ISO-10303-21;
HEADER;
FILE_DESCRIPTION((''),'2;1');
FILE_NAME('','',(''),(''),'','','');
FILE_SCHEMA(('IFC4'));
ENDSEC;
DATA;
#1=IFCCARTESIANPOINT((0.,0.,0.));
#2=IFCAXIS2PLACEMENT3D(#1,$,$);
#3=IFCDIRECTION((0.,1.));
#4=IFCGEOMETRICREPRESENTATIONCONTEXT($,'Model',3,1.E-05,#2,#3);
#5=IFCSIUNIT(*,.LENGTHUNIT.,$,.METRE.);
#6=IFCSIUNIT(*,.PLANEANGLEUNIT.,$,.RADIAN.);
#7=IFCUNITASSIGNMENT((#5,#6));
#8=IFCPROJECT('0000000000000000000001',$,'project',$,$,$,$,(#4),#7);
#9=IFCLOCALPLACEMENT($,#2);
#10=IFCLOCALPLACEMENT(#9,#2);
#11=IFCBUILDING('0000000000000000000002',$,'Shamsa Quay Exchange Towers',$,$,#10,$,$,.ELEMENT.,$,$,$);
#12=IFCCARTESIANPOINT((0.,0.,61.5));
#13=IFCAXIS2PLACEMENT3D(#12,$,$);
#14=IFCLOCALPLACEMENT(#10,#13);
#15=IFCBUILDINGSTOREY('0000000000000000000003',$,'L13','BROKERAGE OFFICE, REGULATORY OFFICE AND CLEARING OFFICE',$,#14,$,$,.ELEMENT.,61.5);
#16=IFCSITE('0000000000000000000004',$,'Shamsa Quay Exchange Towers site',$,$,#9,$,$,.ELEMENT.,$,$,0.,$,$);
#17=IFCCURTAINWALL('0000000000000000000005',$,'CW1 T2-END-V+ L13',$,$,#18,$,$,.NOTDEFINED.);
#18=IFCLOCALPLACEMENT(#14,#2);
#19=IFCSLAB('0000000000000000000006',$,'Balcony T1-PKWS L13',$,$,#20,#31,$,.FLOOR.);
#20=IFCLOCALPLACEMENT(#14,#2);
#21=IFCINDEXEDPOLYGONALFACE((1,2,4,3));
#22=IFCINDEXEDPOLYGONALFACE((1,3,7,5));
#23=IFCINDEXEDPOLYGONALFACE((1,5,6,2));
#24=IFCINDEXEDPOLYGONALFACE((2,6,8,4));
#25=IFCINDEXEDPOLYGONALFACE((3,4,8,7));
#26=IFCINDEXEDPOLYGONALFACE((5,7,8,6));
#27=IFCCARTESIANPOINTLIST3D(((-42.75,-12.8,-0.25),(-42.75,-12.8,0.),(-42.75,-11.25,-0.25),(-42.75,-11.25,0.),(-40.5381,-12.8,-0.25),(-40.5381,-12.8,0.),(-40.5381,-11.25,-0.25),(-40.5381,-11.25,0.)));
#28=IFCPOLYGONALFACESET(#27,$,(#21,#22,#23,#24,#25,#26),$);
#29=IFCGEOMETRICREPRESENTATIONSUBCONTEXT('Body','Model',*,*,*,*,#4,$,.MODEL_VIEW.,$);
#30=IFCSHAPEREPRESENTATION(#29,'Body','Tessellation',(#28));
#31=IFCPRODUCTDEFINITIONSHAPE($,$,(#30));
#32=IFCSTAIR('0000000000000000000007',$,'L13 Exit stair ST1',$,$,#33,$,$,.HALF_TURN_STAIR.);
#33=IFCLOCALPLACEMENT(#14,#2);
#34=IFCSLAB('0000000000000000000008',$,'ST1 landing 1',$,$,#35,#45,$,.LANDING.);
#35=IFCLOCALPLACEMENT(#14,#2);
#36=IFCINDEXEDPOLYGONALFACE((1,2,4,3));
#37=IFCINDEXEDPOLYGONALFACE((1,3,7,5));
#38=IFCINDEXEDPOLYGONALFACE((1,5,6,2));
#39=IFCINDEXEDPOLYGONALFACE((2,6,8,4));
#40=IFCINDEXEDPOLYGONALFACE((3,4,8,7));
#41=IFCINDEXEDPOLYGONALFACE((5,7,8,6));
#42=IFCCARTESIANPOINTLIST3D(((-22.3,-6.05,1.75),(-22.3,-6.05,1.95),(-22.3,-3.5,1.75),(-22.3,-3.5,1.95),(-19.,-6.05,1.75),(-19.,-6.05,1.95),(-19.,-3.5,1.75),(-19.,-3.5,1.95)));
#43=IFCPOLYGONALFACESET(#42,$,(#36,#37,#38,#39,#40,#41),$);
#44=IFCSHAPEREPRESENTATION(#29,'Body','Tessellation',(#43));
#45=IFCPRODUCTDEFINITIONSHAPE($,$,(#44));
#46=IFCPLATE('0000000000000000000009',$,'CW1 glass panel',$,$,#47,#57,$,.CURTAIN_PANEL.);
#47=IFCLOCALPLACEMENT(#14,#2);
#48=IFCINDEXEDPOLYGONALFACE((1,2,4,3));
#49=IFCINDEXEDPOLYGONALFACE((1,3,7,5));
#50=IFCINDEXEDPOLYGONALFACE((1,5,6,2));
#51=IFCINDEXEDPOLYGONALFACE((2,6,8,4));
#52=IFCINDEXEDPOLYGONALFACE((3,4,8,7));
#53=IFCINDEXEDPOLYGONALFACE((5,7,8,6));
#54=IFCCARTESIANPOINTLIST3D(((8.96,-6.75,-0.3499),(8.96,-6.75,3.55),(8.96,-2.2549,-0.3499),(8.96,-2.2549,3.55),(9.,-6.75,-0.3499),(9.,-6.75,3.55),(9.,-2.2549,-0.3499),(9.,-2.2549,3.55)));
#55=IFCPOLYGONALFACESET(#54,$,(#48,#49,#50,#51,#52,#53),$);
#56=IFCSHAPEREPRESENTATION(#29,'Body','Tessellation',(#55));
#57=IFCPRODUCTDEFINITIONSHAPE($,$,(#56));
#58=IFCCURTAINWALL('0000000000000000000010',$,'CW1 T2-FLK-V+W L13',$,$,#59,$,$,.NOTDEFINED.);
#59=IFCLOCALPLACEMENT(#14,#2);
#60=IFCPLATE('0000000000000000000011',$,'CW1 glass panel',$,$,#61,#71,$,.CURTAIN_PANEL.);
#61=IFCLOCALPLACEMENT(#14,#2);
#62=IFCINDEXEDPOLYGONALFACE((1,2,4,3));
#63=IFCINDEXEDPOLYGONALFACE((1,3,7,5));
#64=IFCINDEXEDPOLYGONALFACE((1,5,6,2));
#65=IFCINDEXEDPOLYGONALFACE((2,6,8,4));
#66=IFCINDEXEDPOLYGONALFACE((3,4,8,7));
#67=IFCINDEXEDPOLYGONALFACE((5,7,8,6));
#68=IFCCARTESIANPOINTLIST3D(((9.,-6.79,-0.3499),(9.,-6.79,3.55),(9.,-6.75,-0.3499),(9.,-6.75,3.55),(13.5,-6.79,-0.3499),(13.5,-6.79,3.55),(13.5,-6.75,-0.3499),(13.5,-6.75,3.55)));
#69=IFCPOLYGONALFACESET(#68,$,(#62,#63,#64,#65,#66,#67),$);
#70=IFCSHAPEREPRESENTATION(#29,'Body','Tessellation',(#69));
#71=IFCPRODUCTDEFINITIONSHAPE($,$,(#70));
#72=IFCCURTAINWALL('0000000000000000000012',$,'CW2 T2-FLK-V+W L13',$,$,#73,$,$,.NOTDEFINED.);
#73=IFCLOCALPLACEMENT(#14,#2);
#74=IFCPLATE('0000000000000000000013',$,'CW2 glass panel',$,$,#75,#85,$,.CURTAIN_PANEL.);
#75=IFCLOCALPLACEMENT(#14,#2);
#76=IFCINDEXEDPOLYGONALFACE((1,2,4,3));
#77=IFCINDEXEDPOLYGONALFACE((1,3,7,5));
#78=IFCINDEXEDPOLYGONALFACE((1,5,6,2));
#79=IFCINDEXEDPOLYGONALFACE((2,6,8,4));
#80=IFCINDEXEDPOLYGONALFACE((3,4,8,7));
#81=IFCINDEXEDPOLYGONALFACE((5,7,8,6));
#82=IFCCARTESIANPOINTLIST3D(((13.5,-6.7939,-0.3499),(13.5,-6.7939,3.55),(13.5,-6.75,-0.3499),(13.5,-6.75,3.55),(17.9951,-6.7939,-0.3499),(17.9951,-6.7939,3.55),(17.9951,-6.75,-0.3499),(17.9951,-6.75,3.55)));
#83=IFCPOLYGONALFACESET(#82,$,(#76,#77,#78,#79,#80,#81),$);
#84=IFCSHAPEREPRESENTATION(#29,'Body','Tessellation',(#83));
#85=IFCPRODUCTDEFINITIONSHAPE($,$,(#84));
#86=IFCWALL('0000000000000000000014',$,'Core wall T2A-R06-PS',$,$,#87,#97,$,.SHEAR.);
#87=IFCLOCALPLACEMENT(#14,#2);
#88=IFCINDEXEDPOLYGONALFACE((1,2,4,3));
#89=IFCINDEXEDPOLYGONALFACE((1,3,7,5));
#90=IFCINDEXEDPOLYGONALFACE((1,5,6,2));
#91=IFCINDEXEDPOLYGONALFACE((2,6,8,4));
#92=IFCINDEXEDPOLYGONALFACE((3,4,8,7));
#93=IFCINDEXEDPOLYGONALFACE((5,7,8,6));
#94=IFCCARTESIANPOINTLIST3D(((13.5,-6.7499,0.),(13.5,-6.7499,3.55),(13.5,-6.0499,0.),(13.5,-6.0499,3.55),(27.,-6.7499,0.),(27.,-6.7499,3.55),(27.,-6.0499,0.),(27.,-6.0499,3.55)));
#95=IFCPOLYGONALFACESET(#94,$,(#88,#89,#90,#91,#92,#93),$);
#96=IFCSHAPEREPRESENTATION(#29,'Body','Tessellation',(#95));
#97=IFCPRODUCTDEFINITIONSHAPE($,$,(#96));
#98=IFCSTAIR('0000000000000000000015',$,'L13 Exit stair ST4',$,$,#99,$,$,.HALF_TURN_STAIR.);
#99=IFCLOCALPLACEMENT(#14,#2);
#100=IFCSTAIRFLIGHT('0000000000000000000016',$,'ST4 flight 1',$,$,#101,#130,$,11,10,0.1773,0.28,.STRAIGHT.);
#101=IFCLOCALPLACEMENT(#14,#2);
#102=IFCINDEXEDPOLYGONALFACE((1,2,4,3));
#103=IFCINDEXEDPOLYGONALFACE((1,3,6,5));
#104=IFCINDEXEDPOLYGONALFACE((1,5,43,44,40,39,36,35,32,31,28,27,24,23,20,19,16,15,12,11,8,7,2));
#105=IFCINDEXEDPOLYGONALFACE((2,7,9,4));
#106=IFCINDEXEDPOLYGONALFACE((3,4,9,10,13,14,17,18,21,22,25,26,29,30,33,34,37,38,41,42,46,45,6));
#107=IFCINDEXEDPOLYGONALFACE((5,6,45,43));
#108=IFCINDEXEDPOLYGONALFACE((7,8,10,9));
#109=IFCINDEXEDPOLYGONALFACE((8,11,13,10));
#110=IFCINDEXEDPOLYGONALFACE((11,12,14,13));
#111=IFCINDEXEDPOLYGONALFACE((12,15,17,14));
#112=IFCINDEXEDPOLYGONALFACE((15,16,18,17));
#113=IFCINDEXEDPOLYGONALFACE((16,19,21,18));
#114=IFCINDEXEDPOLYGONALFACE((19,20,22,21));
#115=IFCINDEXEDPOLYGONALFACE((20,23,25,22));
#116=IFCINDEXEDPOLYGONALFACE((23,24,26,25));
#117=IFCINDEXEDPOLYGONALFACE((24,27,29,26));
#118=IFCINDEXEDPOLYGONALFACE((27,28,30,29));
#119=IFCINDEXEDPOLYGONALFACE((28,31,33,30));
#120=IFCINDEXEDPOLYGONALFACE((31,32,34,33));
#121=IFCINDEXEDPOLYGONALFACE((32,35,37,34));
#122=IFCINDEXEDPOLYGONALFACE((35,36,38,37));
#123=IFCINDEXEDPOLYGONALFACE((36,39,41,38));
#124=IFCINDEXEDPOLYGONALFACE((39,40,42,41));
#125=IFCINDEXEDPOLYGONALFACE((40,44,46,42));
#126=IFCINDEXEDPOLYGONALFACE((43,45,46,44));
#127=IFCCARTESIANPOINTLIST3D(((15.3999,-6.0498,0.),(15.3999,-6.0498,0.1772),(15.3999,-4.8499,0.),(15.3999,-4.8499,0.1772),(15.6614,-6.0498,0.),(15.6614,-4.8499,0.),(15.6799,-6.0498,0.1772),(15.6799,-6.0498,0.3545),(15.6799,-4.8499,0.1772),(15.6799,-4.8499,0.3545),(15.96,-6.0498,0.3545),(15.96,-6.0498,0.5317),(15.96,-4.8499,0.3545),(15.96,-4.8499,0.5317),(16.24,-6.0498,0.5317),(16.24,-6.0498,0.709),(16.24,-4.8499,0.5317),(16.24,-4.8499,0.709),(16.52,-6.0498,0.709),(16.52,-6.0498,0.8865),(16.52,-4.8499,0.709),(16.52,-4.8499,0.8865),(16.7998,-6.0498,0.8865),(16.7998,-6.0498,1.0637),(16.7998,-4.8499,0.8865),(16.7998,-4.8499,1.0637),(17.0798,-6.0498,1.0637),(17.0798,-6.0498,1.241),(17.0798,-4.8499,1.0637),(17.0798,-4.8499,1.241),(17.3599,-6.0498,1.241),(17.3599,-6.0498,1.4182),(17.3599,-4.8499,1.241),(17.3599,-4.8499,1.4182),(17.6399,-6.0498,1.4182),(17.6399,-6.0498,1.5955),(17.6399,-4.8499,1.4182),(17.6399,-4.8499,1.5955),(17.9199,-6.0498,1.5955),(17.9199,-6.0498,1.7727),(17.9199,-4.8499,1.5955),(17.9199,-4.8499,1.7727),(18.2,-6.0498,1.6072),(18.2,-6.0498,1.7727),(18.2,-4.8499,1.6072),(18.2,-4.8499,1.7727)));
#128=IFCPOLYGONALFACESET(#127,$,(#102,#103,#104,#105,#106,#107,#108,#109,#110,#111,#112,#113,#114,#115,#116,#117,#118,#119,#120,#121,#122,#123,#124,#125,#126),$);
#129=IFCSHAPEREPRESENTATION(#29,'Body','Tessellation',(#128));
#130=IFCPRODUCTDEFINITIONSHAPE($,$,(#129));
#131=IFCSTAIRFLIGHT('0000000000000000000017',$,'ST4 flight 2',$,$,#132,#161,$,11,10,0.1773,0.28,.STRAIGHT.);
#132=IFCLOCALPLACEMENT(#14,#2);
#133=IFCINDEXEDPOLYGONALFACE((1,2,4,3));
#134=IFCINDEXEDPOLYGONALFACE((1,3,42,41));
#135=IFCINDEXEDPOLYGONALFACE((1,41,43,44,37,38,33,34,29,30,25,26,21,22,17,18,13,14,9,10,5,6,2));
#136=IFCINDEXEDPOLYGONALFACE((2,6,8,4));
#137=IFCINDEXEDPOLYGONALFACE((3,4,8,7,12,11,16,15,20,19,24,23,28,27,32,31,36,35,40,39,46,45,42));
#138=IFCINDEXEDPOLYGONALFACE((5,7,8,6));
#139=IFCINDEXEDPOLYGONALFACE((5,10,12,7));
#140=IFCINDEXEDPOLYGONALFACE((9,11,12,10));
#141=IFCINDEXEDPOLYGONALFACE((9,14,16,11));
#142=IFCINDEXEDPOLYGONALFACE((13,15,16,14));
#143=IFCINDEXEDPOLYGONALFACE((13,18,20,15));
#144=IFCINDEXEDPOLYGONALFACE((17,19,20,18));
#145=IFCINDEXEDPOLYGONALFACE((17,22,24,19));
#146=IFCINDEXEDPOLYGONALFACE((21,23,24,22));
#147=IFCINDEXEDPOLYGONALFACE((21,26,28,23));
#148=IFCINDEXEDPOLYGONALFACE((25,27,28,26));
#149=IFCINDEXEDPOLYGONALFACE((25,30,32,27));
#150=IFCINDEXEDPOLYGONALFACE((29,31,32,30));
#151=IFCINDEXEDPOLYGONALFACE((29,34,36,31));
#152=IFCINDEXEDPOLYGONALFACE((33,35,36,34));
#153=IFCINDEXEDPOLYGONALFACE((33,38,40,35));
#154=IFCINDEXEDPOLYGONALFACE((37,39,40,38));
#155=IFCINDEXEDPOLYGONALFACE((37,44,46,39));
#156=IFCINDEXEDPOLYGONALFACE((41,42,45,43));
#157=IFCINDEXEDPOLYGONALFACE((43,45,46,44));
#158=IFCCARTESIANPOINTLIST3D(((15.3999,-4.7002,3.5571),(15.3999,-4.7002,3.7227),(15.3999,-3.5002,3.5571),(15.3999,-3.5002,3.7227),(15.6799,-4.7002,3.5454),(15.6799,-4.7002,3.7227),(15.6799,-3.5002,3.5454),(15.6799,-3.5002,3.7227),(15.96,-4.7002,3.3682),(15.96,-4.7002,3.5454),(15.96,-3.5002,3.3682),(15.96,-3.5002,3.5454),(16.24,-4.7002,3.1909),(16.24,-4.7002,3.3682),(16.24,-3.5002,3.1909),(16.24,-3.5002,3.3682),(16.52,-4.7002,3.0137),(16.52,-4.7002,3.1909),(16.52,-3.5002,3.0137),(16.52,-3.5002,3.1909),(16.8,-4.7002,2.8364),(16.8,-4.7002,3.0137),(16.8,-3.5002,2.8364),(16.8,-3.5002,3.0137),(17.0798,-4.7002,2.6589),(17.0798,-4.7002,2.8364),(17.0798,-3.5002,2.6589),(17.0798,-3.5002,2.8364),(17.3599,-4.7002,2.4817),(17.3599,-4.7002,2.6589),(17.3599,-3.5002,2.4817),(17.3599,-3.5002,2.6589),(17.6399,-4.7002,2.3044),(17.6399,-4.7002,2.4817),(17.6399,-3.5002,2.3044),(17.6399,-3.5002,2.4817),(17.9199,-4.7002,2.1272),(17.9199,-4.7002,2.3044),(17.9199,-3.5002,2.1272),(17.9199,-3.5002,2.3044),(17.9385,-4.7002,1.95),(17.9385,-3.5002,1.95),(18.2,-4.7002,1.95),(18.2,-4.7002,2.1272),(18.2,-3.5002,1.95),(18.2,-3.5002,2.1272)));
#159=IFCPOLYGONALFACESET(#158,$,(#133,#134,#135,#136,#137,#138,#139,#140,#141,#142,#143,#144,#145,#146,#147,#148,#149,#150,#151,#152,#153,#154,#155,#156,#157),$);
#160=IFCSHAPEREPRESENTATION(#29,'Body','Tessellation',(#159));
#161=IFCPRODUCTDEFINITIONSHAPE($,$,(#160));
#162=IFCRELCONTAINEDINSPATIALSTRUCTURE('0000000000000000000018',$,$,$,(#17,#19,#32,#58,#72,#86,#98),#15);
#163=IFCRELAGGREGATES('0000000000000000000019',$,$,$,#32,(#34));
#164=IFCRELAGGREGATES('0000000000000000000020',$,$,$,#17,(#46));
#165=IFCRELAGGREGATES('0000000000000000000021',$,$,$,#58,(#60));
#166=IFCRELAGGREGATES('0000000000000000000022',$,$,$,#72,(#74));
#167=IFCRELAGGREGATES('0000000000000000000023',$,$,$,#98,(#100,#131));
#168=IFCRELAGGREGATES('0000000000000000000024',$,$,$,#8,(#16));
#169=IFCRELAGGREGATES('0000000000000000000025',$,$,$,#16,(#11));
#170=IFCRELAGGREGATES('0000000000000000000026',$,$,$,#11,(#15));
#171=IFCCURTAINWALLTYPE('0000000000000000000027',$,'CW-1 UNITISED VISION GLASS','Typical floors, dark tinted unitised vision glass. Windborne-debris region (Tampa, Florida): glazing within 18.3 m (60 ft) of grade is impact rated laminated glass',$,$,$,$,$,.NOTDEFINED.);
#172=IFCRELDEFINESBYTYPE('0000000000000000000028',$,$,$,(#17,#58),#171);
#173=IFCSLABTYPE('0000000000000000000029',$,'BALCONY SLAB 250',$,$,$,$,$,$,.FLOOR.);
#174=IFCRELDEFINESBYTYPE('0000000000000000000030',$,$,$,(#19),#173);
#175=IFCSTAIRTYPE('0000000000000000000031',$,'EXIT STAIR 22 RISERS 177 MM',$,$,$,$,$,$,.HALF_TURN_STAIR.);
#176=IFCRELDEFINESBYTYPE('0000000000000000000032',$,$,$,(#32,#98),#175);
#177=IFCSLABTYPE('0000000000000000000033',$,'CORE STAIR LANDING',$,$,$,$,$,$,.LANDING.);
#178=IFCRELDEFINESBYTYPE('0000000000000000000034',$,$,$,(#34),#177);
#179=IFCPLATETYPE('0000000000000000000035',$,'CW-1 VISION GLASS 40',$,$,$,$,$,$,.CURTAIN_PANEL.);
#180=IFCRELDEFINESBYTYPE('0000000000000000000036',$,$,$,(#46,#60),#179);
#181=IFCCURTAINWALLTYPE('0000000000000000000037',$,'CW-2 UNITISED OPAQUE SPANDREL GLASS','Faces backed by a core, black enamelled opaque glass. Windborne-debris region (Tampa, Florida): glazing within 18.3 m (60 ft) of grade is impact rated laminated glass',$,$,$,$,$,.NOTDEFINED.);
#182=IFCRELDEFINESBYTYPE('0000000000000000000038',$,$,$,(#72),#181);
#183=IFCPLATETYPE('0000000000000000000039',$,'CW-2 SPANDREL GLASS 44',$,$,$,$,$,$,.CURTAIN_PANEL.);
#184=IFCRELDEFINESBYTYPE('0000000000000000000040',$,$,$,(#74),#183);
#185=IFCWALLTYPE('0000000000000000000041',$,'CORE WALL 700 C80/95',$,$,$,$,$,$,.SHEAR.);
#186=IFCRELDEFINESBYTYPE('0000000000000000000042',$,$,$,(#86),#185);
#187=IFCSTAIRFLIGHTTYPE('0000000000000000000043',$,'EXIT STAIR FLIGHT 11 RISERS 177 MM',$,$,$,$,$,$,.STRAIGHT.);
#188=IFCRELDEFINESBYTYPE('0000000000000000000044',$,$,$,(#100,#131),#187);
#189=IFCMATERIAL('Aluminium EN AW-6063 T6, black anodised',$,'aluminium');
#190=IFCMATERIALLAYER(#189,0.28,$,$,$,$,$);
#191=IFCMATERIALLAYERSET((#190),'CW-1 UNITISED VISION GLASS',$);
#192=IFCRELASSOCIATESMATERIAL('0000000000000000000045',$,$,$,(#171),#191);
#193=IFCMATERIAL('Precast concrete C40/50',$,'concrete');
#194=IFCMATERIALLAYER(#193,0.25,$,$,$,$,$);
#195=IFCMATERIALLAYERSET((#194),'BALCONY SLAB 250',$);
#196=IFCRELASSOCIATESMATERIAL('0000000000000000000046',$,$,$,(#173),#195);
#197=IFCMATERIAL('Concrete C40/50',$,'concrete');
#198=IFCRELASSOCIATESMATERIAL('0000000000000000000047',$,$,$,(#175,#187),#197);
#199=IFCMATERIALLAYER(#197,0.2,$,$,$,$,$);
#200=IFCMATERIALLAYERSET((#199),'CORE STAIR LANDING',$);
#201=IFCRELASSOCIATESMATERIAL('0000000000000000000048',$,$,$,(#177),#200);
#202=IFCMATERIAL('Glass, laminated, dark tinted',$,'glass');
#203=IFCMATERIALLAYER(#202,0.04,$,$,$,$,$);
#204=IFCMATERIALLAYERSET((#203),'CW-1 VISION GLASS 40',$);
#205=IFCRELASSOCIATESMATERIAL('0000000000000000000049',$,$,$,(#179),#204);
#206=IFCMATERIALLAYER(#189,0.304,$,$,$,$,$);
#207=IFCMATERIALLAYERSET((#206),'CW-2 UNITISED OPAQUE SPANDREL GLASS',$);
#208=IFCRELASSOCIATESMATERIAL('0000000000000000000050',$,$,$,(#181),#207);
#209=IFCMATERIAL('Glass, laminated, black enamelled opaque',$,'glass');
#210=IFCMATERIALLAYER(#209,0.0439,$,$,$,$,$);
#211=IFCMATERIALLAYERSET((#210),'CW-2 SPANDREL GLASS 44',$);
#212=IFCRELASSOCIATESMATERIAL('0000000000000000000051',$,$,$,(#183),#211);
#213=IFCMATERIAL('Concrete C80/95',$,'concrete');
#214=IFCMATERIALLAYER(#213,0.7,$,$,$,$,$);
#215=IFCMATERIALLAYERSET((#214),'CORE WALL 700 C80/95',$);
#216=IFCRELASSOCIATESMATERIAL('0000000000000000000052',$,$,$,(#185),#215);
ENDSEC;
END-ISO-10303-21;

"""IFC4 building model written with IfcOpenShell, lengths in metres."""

from ifc_helpers import new_model, si_unit, direction, frame, frame_2d, origin, origin_2d, place, context, subcontext, project, spatial, polyline, rectangle, outline, extrude, material, layer, layer_set, type_object, element, aggregate, save


model = new_model("IFC4")

# Units and contexts
model_context = context("Model", 3, precision=1e-05, world=origin(), true_north=direction((0.0, 1.0)))
body_context = subcontext(model_context, "Body", "Model", "MODEL_VIEW")
ifc_project = project(units=[si_unit("LENGTHUNIT", "METRE"), si_unit("PLANEANGLEUNIT", "RADIAN")], contexts=[model_context])

# Site, building, storey
site_placement = place(None, origin())
site = spatial("IfcSite", under=ifc_project, at=site_placement, Name="Shamsa Quay Exchange Towers site", CompositionType="ELEMENT", RefElevation=0.0)
building_placement = place(site_placement, origin())
building = spatial("IfcBuilding", under=site, at=building_placement, Name="Shamsa Quay Exchange Towers", CompositionType="ELEMENT")
storey_placement = place(building_placement, frame((0.0, 0.0, 61.5)))
storey = spatial("IfcBuildingStorey", under=building, at=storey_placement, Name="L13", Description="BROKERAGE OFFICE, REGULATORY OFFICE AND CLEARING OFFICE", CompositionType="ELEMENT", Elevation=61.5)

# Curtain wall
ifc_material_1 = material(Name="Aluminium EN AW-6063 T6, black anodised", Category="aluminium")
ifc_layer_1 = layer(ifc_material_1, 0.28)
ifc_layer_set_1 = layer_set([ifc_layer_1], Name="CW-1 UNITISED VISION GLASS")
curtain_wall_type_1 = type_object("IfcCurtainWallType", Name="CW-1 UNITISED VISION GLASS", Description="Typical floors, dark tinted unitised vision glass. Windborne-debris region (Tampa, Florida): glazing within 18.3 m (60 ft) of grade is impact rated laminated glass", PredefinedType="NOTDEFINED", material=ifc_layer_set_1)
curtain_wall_1_placement = place(storey_placement, origin())
curtain_wall_1 = element("IfcCurtainWall", 1, at=curtain_wall_1_placement, inside=storey, type_object=curtain_wall_type_1, Name="CW1 T2-END-V+ L13", PredefinedType="NOTDEFINED")

# Slab
ifc_material_2 = material(Name="Precast concrete C40/50", Category="concrete")
ifc_layer_2 = layer(ifc_material_2, 0.25)
ifc_layer_set_2 = layer_set([ifc_layer_2], Name="BALCONY SLAB 250")
slab_type_1 = type_object("IfcSlabType", Name="BALCONY SLAB 250", PredefinedType="FLOOR", material=ifc_layer_set_2)
slab_1_placement = place(storey_placement, frame((0.0, 0.0, -0.25)))
element("IfcSlab", 2, at=slab_1_placement, inside=storey, type_object=slab_type_1, Name="Balcony T1-PKWS L13", PredefinedType="FLOOR", context=body_context, shape_type="SweptSolid", body=[
    extrude(outline(polyline([(-42.75, -11.25), (-40.5381, -11.25), (-40.5381, -12.8), (-42.75, -12.8), (-42.75, -11.25)])), origin(), (0.0, 0.0, 1.0), 0.25),
])

# Stair, slab
ifc_material_3 = material(Name="Concrete C40/50", Category="concrete")
stair_type = type_object("IfcStairType", Name="EXIT STAIR 22 RISERS 177 MM", PredefinedType="HALF_TURN_STAIR", material=ifc_material_3)
stair_1_placement = place(storey_placement, origin())
stair_1 = element("IfcStair", 3, at=stair_1_placement, inside=storey, type_object=stair_type, Name="L13 Exit stair ST1", PredefinedType="HALF_TURN_STAIR")
ifc_layer_3 = layer(ifc_material_3, 0.2)
ifc_layer_set_3 = layer_set([ifc_layer_3], Name="CORE STAIR LANDING")
slab_type_2 = type_object("IfcSlabType", Name="CORE STAIR LANDING", PredefinedType="LANDING", material=ifc_layer_set_3)
slab_2_placement = place(storey_placement, frame((0.0, 0.0, 1.75)))
slab_2 = element("IfcSlab", 4, at=slab_2_placement, type_object=slab_type_2, Name="ST1 landing 1", PredefinedType="LANDING", context=body_context, shape_type="SweptSolid", body=[
    extrude(outline(polyline([(-22.3, -6.05), (-19.0, -6.05), (-19.0, -3.5), (-22.3, -3.5), (-22.3, -6.05)])), origin(), (0.0, 0.0, 1.0), 0.2),
])
aggregate(stair_1, [slab_2])

# Plate
ifc_material_4 = material(Name="Glass, laminated, dark tinted", Category="glass")
ifc_layer_4 = layer(ifc_material_4, 0.04)
ifc_layer_set_4 = layer_set([ifc_layer_4], Name="CW-1 VISION GLASS 40")
plate_type_1 = type_object("IfcPlateType", Name="CW-1 VISION GLASS 40", PredefinedType="CURTAIN_PANEL", material=ifc_layer_set_4)
plate_1_placement = place(storey_placement, frame((8.98, -4.5024, -0.3499), z_axis=(0.0, 0.0, 1.0), x_axis=(0.0, -1.0, 0.0)))
plate_1 = element("IfcPlate", 5, at=plate_1_placement, type_object=plate_type_1, Name="CW1 glass panel", PredefinedType="CURTAIN_PANEL", context=body_context, shape_type="SweptSolid", body=[
    extrude(rectangle(XDim=4.4951, YDim=0.04, at=origin_2d()), origin(), (0.0, 0.0, 1.0), 3.8999),
])
aggregate(curtain_wall_1, [plate_1])

# Curtain walls, plates
curtain_wall_2_placement = place(storey_placement, origin())
curtain_wall_2 = element("IfcCurtainWall", 6, at=curtain_wall_2_placement, inside=storey, type_object=curtain_wall_type_1, Name="CW1 T2-FLK-V+W L13", PredefinedType="NOTDEFINED")
plate_2_placement = place(storey_placement, frame((11.25, -6.77, -0.3499)))
plate_2 = element("IfcPlate", 7, at=plate_2_placement, type_object=plate_type_1, Name="CW1 glass panel", PredefinedType="CURTAIN_PANEL", context=body_context, shape_type="SweptSolid", body=[
    extrude(rectangle(XDim=4.5, YDim=0.04, at=origin_2d()), origin(), (0.0, 0.0, 1.0), 3.8999),
])
aggregate(curtain_wall_2, [plate_2])
ifc_layer_5 = layer(ifc_material_1, 0.304)
ifc_layer_set_5 = layer_set([ifc_layer_5], Name="CW-2 UNITISED OPAQUE SPANDREL GLASS")
curtain_wall_type_2 = type_object("IfcCurtainWallType", Name="CW-2 UNITISED OPAQUE SPANDREL GLASS", Description="Faces backed by a core, black enamelled opaque glass. Windborne-debris region (Tampa, Florida): glazing within 18.3 m (60 ft) of grade is impact rated laminated glass", PredefinedType="NOTDEFINED", material=ifc_layer_set_5)
curtain_wall_3_placement = place(storey_placement, origin())
curtain_wall_3 = element("IfcCurtainWall", 8, at=curtain_wall_3_placement, inside=storey, type_object=curtain_wall_type_2, Name="CW2 T2-FLK-V+W L13", PredefinedType="NOTDEFINED")
ifc_material_5 = material(Name="Glass, laminated, black enamelled opaque", Category="glass")
ifc_layer_6 = layer(ifc_material_5, 0.0439)
ifc_layer_set_6 = layer_set([ifc_layer_6], Name="CW-2 SPANDREL GLASS 44")
plate_type_2 = type_object("IfcPlateType", Name="CW-2 SPANDREL GLASS 44", PredefinedType="CURTAIN_PANEL", material=ifc_layer_set_6)
plate_3_placement = place(storey_placement, frame((15.7476, -6.772, -0.3499)))
plate_3 = element("IfcPlate", 9, at=plate_3_placement, type_object=plate_type_2, Name="CW2 glass panel", PredefinedType="CURTAIN_PANEL", context=body_context, shape_type="SweptSolid", body=[
    extrude(rectangle(XDim=4.4951, YDim=0.0439, at=origin_2d()), origin(), (0.0, 0.0, 1.0), 3.8999),
])
aggregate(curtain_wall_3, [plate_3])

# Wall
ifc_material_6 = material(Name="Concrete C80/95", Category="concrete")
ifc_layer_7 = layer(ifc_material_6, 0.7)
ifc_layer_set_7 = layer_set([ifc_layer_7], Name="CORE WALL 700 C80/95")
wall_type = type_object("IfcWallType", Name="CORE WALL 700 C80/95", PredefinedType="SHEAR", material=ifc_layer_set_7)
wall_placement = place(storey_placement, frame((13.5, -6.3999, 0.0)))
element("IfcWall", 10, at=wall_placement, inside=storey, type_object=wall_type, Name="Core wall T2A-R06-PS", PredefinedType="SHEAR", context=body_context, shape_type="SweptSolid", body=[
    extrude(rectangle(XDim=13.5, YDim=0.7, at=frame_2d((6.75, 0.0))), origin(), (0.0, 0.0, 1.0), 3.55),
])

# Stair, stair flights
stair_2_placement = place(storey_placement, origin())
stair_2 = element("IfcStair", 11, at=stair_2_placement, inside=storey, type_object=stair_type, Name="L13 Exit stair ST4", PredefinedType="HALF_TURN_STAIR")
stair_flight_type = type_object("IfcStairFlightType", Name="EXIT STAIR FLIGHT 11 RISERS 177 MM", PredefinedType="STRAIGHT", material=ifc_material_3)
stair_flight_1_placement = place(storey_placement, frame((15.3999, -5.45, 0.0)))
stair_flight_1 = element("IfcStairFlight", 12, at=stair_flight_1_placement, type_object=stair_flight_type, Name="ST4 flight 1", NumberOfRisers=11, NumberOfTreads=10, PredefinedType="STRAIGHT", RiserHeight=0.1773, TreadLength=0.28, context=body_context, shape_type="SweptSolid", body=[
    extrude(outline(polyline([(0.0, 0.0), (0.0, 0.1772), (0.28, 0.1772), (0.28, 0.3545), (0.5601, 0.3545), (0.5601, 0.5317), (0.8401, 0.5317), (0.8401, 0.709), (1.1201, 0.709), (1.1201, 0.8865), (1.3999, 0.8865), (1.3999, 1.0637), (1.6799, 1.0637), (1.6799, 1.241), (1.96, 1.241), (1.96, 1.4182), (2.24, 1.4182), (2.24, 1.5955), (2.52, 1.5955), (2.52, 1.7727), (2.8, 1.7727), (2.8, 1.95), (2.8, 1.6072), (0.2615, 0.0), (0.0, 0.0)])), frame((0.0, 0.6001, 0.0), z_axis=(0.0, -1.0, 0.0), x_axis=(1.0, 0.0, 0.0)), (0.0, 0.0, 1.0), 1.2),
])
stair_flight_2_placement = place(storey_placement, frame((18.2, -4.1001, 1.95), z_axis=(0.0, 0.0, 1.0), x_axis=(-1.0, 0.0, 0.0)))
stair_flight_2 = element("IfcStairFlight", 13, at=stair_flight_2_placement, type_object=stair_flight_type, Name="ST4 flight 2", NumberOfRisers=11, NumberOfTreads=10, PredefinedType="STRAIGHT", RiserHeight=0.1773, TreadLength=0.28, context=body_context, shape_type="SweptSolid", body=[
    extrude(outline(polyline([(0.0, 0.0), (0.0, 0.1772), (0.28, 0.1772), (0.28, 0.3545), (0.5601, 0.3545), (0.5601, 0.5317), (0.8401, 0.5317), (0.8401, 0.709), (1.1201, 0.709), (1.1201, 0.8865), (1.3999, 0.8865), (1.3999, 1.0637), (1.6799, 1.0637), (1.6799, 1.241), (1.96, 1.241), (1.96, 1.4182), (2.24, 1.4182), (2.24, 1.5955), (2.52, 1.5955), (2.52, 1.7727), (2.8, 1.7727), (2.8, 1.95), (2.8, 1.6072), (0.2615, 0.0), (0.0, 0.0)])), frame((0.0, 0.6001, 0.0), z_axis=(0.0, -1.0, 0.0), x_axis=(1.0, 0.0, 0.0)), (0.0, 0.0, 1.0), 1.2),
])
aggregate(stair_2, [stair_flight_1, stair_flight_2])

save(model, "model.ifc")
